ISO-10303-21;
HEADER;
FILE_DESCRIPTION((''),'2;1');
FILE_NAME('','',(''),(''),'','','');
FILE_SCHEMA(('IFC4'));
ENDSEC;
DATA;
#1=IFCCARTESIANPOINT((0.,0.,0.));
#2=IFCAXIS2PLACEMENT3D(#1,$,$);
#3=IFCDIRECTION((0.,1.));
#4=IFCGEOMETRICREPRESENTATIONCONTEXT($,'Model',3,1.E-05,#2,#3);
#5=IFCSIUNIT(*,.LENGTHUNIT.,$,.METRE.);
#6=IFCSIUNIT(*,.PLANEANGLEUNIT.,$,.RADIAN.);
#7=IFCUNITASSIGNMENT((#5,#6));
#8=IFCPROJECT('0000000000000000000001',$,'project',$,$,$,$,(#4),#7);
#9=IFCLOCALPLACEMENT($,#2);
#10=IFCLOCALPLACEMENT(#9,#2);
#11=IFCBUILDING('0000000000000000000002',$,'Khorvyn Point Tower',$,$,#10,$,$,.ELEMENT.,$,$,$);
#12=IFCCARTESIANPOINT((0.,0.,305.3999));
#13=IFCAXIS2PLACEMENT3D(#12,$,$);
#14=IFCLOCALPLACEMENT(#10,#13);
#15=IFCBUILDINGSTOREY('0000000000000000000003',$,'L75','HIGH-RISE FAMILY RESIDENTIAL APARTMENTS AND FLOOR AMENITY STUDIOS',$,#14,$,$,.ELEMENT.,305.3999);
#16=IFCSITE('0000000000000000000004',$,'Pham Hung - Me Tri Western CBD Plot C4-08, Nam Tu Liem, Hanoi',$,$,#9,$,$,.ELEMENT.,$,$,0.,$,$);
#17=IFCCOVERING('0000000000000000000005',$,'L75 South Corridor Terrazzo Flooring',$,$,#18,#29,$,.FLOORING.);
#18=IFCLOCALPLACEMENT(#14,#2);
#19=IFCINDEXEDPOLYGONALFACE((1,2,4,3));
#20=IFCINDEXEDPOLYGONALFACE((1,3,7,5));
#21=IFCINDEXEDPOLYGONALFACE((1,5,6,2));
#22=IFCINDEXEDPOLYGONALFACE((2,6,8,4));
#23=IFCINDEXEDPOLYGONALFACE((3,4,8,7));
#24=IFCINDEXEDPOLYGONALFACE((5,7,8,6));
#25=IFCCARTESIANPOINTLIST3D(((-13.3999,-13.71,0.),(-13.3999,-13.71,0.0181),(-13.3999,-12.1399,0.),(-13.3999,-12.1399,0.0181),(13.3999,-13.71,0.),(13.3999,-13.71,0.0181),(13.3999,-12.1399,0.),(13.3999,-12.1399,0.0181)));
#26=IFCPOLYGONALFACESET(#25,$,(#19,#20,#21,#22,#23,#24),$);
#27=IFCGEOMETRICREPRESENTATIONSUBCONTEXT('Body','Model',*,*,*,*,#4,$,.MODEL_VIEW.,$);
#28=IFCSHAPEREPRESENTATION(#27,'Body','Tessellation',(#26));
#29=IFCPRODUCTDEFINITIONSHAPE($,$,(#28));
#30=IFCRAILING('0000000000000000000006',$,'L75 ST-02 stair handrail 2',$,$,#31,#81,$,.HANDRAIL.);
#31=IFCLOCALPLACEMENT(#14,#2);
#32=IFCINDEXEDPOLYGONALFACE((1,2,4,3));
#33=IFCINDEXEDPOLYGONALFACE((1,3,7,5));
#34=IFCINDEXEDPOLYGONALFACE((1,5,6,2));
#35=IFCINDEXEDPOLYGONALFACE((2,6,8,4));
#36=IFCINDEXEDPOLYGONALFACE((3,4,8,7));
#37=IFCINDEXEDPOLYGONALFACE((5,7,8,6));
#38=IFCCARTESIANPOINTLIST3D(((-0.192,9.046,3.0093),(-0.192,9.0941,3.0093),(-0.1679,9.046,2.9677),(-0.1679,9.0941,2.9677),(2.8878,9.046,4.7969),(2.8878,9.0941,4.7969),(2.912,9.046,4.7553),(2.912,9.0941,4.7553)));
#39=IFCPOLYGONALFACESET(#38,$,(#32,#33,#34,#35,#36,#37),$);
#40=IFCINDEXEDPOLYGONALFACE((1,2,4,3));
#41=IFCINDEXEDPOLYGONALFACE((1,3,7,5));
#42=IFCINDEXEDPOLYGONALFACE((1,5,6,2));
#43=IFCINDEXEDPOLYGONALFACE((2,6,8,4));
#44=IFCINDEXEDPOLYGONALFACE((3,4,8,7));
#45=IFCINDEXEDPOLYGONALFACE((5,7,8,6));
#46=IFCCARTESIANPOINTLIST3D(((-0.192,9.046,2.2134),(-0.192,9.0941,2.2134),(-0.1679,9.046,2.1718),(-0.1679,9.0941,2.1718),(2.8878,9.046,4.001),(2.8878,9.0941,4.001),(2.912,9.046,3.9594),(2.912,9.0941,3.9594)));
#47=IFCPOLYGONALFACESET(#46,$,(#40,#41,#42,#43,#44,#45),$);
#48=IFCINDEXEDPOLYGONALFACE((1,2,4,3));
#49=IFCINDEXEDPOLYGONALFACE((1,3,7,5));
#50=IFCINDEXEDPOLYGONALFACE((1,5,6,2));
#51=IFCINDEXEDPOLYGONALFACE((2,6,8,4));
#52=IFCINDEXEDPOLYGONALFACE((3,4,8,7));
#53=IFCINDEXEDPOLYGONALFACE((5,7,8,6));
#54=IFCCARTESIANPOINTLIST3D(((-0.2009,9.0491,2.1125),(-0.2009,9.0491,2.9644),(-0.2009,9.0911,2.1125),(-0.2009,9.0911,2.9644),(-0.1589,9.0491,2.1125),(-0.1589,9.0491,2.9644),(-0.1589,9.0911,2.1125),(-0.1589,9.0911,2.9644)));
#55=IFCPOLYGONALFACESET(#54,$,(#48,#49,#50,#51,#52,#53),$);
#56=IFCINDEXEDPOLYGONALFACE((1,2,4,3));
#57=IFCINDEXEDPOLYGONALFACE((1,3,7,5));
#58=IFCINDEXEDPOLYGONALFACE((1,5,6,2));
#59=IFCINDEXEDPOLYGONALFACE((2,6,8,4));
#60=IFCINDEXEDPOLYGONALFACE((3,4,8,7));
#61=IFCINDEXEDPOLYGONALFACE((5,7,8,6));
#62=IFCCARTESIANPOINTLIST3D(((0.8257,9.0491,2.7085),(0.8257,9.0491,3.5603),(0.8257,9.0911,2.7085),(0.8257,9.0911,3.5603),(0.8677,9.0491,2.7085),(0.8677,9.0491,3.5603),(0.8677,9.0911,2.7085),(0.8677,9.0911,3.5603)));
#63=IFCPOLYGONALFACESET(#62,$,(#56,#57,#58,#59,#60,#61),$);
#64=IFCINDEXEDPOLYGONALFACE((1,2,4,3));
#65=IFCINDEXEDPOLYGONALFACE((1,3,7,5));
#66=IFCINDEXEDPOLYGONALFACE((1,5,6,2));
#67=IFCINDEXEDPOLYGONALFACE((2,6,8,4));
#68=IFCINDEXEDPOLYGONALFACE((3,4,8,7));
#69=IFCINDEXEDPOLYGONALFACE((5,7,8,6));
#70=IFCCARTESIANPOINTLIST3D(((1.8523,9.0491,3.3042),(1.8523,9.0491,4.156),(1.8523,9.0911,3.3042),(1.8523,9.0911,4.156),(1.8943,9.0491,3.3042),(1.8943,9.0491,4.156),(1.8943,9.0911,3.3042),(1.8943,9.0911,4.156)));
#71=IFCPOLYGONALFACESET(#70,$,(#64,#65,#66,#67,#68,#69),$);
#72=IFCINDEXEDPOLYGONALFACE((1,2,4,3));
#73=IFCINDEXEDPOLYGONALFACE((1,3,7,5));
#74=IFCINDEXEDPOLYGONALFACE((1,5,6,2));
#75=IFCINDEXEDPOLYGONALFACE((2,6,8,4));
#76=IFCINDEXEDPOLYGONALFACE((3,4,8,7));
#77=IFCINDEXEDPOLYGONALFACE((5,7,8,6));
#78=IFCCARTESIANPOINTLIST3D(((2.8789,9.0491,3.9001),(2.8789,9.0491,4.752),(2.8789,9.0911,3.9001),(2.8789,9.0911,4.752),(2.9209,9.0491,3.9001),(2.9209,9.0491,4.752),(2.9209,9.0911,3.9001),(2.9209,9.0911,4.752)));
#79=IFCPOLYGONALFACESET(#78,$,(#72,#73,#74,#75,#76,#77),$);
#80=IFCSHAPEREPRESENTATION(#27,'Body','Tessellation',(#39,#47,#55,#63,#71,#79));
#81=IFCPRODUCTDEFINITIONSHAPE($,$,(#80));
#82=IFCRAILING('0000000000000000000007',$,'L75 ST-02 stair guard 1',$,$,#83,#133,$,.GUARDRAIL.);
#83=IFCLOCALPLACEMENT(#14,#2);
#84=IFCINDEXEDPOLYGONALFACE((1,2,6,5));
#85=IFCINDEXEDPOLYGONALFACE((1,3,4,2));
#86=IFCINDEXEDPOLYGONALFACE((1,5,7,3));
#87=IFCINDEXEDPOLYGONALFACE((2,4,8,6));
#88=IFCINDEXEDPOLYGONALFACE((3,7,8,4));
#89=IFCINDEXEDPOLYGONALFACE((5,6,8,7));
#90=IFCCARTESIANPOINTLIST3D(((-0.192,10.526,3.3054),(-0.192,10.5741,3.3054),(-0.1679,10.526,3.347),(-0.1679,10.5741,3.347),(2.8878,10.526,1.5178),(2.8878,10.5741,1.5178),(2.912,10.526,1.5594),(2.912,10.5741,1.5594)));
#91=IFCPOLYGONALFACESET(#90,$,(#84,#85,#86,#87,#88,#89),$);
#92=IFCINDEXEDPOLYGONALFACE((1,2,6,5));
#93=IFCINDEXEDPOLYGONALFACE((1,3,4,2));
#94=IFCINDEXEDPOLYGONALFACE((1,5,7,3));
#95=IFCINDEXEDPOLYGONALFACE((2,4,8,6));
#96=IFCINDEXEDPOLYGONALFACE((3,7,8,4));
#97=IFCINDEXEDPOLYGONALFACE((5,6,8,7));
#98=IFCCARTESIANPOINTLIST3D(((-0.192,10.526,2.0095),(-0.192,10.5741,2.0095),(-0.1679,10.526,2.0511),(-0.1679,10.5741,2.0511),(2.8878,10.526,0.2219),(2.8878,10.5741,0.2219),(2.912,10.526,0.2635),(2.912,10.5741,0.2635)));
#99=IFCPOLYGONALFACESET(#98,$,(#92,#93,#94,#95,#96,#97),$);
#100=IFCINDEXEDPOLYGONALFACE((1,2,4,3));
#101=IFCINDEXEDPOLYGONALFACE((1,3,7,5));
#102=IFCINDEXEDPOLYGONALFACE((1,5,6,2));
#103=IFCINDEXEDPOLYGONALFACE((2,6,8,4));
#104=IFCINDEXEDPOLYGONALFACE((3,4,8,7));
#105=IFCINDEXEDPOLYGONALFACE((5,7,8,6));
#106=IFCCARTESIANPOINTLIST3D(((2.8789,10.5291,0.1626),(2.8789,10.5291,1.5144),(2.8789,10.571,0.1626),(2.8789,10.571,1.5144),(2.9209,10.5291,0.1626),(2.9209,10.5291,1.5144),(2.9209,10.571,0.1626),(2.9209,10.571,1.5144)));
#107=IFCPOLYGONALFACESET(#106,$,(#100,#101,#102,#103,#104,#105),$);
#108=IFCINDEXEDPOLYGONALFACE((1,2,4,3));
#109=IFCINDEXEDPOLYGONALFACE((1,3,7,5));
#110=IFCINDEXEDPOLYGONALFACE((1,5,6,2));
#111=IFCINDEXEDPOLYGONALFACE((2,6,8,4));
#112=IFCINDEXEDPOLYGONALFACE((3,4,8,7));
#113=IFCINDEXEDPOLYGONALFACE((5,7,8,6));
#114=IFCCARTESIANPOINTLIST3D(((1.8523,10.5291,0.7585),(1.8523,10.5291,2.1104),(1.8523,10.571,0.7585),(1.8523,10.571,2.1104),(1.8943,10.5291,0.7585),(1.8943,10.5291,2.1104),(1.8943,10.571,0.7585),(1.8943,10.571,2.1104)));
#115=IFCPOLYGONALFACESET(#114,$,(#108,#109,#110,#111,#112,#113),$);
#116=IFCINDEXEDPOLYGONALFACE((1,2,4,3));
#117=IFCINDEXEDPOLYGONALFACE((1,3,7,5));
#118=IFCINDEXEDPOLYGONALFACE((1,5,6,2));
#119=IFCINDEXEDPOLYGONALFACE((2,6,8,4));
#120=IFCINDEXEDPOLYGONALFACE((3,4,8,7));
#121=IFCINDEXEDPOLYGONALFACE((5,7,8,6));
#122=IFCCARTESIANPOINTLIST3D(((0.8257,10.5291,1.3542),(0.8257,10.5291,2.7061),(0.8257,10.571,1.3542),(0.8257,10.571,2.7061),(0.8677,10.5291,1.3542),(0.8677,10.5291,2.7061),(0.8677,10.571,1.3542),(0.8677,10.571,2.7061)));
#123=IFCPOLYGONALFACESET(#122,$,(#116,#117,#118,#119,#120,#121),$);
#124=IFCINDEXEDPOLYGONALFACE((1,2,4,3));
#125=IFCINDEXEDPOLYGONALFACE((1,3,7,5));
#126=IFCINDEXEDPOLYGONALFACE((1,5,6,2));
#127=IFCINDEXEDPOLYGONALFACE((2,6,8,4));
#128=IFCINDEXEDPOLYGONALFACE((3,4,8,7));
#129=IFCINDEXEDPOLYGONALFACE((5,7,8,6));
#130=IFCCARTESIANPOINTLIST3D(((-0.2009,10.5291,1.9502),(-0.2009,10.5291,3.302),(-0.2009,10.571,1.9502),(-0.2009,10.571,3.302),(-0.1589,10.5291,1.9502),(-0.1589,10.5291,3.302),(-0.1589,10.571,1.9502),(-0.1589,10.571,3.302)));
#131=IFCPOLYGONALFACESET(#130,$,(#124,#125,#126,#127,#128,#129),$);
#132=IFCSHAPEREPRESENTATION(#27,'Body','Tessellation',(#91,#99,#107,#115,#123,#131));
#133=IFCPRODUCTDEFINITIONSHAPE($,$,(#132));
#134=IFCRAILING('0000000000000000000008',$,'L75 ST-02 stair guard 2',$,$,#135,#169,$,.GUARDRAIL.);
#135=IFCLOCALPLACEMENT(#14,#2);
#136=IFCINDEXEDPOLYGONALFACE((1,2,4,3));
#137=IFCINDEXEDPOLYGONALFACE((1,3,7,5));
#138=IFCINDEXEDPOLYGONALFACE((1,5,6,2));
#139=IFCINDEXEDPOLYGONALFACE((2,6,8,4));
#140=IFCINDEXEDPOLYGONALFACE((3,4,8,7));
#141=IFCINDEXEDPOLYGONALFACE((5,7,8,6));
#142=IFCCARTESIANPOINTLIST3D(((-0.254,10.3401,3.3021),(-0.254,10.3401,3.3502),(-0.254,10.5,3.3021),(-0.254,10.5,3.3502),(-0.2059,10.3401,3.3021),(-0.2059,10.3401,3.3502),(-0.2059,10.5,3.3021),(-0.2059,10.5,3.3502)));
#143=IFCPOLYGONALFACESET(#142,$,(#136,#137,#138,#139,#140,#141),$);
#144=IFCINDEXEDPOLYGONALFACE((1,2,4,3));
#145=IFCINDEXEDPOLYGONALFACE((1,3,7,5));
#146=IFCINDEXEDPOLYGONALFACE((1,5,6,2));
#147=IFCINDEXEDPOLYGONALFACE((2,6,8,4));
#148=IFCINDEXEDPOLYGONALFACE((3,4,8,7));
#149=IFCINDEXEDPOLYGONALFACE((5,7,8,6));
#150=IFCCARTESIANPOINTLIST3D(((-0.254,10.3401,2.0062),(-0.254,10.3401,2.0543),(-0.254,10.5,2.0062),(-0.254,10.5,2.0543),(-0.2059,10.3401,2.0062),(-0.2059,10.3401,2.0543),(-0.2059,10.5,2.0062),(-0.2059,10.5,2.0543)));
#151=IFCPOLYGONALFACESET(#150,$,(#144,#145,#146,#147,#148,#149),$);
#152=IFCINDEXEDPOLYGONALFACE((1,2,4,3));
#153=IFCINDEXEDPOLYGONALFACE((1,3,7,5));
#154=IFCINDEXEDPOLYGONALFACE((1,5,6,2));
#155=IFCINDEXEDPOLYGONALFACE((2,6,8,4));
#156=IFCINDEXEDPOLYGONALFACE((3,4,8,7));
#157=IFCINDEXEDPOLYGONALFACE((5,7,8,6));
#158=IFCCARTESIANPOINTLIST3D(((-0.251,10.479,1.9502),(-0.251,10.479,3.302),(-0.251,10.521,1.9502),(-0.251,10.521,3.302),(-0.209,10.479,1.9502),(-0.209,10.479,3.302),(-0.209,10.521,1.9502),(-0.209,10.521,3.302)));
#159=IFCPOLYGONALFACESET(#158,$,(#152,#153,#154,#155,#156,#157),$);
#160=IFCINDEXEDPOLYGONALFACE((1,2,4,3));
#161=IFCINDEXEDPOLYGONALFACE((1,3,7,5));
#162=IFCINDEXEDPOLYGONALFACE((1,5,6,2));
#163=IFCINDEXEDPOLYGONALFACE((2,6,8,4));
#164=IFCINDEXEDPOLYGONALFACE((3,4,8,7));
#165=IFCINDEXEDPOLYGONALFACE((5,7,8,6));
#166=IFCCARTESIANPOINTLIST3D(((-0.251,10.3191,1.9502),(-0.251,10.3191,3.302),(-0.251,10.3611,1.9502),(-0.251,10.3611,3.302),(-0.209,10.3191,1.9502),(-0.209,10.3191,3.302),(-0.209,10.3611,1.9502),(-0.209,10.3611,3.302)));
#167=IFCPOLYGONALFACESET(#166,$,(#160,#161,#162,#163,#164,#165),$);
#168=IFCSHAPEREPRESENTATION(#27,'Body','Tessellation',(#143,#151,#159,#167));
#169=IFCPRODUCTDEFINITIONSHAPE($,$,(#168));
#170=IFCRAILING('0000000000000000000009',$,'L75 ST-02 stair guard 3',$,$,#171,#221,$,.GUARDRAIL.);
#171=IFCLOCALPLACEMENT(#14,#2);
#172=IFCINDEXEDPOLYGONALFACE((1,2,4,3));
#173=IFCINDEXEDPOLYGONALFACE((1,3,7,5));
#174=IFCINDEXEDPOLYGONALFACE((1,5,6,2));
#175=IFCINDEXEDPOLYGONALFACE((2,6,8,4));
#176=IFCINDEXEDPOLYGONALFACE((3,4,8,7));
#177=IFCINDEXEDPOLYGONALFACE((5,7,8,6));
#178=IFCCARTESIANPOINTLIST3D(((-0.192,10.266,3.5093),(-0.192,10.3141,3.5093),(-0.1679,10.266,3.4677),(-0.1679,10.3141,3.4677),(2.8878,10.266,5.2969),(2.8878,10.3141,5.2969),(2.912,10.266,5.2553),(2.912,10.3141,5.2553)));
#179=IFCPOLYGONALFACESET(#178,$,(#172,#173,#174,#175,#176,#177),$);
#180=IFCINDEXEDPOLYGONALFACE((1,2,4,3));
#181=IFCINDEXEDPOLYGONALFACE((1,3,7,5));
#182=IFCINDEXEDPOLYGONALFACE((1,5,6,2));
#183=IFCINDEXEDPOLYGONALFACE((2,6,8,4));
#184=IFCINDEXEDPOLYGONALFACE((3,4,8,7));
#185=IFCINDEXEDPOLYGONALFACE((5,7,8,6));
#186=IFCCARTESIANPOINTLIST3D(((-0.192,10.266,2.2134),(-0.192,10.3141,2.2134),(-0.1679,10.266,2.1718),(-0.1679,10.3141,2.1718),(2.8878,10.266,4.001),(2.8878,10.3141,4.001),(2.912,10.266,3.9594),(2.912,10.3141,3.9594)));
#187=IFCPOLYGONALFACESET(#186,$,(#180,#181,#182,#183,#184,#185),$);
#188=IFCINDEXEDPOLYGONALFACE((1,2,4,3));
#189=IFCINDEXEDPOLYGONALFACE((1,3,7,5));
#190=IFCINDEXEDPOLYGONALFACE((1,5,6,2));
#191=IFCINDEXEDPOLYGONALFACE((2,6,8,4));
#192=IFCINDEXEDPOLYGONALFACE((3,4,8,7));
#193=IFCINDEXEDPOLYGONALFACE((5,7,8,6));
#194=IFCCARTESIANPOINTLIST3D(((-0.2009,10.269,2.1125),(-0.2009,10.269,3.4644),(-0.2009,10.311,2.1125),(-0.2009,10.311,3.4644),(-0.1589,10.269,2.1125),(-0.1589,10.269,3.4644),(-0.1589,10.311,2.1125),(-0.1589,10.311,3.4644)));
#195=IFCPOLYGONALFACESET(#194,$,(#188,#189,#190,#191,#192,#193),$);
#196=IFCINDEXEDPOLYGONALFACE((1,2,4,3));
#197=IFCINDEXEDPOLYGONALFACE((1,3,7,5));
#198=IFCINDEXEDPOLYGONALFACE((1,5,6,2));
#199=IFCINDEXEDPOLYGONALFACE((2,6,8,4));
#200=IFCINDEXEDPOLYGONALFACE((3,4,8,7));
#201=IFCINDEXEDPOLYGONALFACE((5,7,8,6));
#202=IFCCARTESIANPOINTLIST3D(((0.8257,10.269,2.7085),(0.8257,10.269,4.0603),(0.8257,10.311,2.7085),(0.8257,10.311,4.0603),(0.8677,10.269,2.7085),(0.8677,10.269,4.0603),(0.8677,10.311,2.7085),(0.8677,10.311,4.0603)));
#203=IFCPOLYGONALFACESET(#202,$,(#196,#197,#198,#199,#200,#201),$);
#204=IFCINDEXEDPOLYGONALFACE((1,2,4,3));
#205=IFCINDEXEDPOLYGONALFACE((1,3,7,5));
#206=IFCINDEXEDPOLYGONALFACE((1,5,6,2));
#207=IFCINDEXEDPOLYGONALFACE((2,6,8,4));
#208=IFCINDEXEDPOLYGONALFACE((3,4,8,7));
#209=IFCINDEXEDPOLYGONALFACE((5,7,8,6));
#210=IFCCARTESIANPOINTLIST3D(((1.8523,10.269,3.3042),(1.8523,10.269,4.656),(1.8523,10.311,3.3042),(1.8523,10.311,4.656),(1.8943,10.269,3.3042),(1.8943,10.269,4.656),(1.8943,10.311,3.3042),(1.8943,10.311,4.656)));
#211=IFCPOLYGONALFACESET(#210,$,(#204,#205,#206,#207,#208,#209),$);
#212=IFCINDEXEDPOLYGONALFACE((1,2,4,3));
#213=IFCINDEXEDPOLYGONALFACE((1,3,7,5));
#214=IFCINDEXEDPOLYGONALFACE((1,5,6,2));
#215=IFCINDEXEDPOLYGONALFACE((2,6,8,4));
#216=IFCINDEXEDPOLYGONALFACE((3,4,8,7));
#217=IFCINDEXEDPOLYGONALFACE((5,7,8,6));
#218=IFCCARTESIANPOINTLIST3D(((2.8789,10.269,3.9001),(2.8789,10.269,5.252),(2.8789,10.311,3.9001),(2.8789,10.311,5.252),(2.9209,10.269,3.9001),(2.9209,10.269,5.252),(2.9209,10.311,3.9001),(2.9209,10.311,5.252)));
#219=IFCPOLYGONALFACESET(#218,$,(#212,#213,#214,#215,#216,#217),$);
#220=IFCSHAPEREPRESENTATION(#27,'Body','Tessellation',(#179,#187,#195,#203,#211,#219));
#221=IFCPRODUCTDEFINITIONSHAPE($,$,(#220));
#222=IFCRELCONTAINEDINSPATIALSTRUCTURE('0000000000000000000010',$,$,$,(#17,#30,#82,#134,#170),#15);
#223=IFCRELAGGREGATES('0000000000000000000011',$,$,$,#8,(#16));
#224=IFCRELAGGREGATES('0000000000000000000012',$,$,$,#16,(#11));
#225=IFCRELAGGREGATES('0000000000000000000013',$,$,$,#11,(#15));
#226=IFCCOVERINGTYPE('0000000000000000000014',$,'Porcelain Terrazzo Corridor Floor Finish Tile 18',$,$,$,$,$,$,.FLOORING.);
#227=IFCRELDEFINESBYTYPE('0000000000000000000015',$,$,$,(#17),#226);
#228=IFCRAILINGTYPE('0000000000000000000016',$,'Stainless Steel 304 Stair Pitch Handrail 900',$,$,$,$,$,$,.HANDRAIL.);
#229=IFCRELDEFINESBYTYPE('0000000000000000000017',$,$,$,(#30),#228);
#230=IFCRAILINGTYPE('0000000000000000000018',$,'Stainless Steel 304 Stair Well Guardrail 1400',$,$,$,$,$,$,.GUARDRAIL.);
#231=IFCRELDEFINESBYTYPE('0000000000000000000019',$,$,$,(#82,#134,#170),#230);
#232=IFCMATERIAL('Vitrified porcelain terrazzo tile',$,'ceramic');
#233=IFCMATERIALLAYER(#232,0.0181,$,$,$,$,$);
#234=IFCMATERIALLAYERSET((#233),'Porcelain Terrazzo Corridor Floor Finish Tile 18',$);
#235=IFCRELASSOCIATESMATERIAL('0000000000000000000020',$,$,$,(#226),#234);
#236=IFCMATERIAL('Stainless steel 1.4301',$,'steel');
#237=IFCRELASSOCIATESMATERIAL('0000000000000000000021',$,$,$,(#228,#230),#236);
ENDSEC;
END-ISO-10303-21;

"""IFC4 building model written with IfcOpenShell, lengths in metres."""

from ifc_helpers import new_model, si_unit, direction, frame, origin, origin_2d, place, context, subcontext, project, spatial, polyline, rectangle, outline, extrude, material, layer, layer_set, type_object, element, save


model = new_model("IFC4")

# Units and contexts
model_context = context("Model", 3, precision=1e-05, world=origin(), true_north=direction((0.0, 1.0)))
body_context = subcontext(model_context, "Body", "Model", "MODEL_VIEW")
ifc_project = project(units=[si_unit("LENGTHUNIT", "METRE"), si_unit("PLANEANGLEUNIT", "RADIAN")], contexts=[model_context])

# Site, building, storey
site_placement = place(None, origin())
site = spatial("IfcSite", under=ifc_project, at=site_placement, Name="Pham Hung - Me Tri Western CBD Plot C4-08, Nam Tu Liem, Hanoi", CompositionType="ELEMENT", RefElevation=0.0)
building_placement = place(site_placement, origin())
building = spatial("IfcBuilding", under=site, at=building_placement, Name="Khorvyn Point Tower", CompositionType="ELEMENT")
storey_placement = place(building_placement, frame((0.0, 0.0, 305.3999)))
storey = spatial("IfcBuildingStorey", under=building, at=storey_placement, Name="L75", Description="HIGH-RISE FAMILY RESIDENTIAL APARTMENTS AND FLOOR AMENITY STUDIOS", CompositionType="ELEMENT", Elevation=305.3999)

# Shared definitions
ifc_material_1 = material(Name="Stainless steel 1.4301", Category="steel")

# Covering
ifc_material_2 = material(Name="Vitrified porcelain terrazzo tile", Category="ceramic")
ifc_layer_1 = layer(ifc_material_2, 0.0181)
ifc_layer_set_1 = layer_set([ifc_layer_1], Name="Porcelain Terrazzo Corridor Floor Finish Tile 18")
covering_type_1 = type_object("IfcCoveringType", Name="Porcelain Terrazzo Corridor Floor Finish Tile 18", PredefinedType="FLOORING", material=ifc_layer_set_1)
covering_1_placement = place(storey_placement, origin())
element("IfcCovering", 1, at=covering_1_placement, inside=storey, type_object=covering_type_1, Name="L75 South Corridor Terrazzo Flooring", PredefinedType="FLOORING", context=body_context, shape_type="SweptSolid", body=[
    extrude(outline(polyline([(-13.3999, -13.71), (13.3999, -13.71), (13.3999, -12.1399), (-13.3999, -12.1399), (-13.3999, -13.71)])), origin(), (0.0, 0.0, 1.0), 0.0181),
])

# Railings
railing_type_1 = type_object("IfcRailingType", Name="Stainless Steel 304 Stair Pitch Handrail 900", PredefinedType="HANDRAIL", material=ifc_material_1)
railing_1_placement = place(storey_placement, frame((-0.1799, 9.0701, 2.1125)))
element("IfcRailing", 2, at=railing_1_placement, inside=storey, type_object=railing_type_1, Name="L75 ST-02 stair handrail 2", PredefinedType="HANDRAIL", context=body_context, shape_type="SweptSolid", body=[
    extrude(rectangle(XDim=0.0481, YDim=0.0481, at=origin_2d()), frame((0.0, 0.0, 0.876), z_axis=(0.864873, 0.0, 0.50199), x_axis=(0.0, 1.0, 0.0)), (0.0, 0.0, 1.0), 3.561),
    extrude(rectangle(XDim=0.0481, YDim=0.0481, at=origin_2d()), frame((0.0, 0.0, 0.0801), z_axis=(0.864873, 0.0, 0.50199), x_axis=(0.0, 1.0, 0.0)), (0.0, 0.0, 1.0), 3.561),
    extrude(rectangle(XDim=0.042, YDim=0.042, at=origin_2d()), origin(), (0.0, 0.0, 1.0), 0.8518),
    extrude(rectangle(XDim=0.042, YDim=0.042, at=origin_2d()), frame((1.0266, 0.0, 0.5959)), (0.0, 0.0, 1.0), 0.8518),
    extrude(rectangle(XDim=0.042, YDim=0.042, at=origin_2d()), frame((2.0532, 0.0, 1.1917)), (0.0, 0.0, 1.0), 0.8518),
    extrude(rectangle(XDim=0.042, YDim=0.042, at=origin_2d()), frame((3.0798, 0.0, 1.7876)), (0.0, 0.0, 1.0), 0.8518),
])
railing_type_2 = type_object("IfcRailingType", Name="Stainless Steel 304 Stair Well Guardrail 1400", PredefinedType="GUARDRAIL", material=ifc_material_1)
railing_2_placement = place(storey_placement, frame((2.8999, 10.55, 0.1626)))
element("IfcRailing", 3, at=railing_2_placement, inside=storey, type_object=railing_type_2, Name="L75 ST-02 stair guard 1", PredefinedType="GUARDRAIL", context=body_context, shape_type="SweptSolid", body=[
    extrude(rectangle(XDim=0.0481, YDim=0.0481, at=origin_2d()), frame((0.0, 0.0, 1.376), z_axis=(-0.864873, 0.0, 0.50199), x_axis=(0.0, -1.0, 0.0)), (0.0, 0.0, 1.0), 3.561),
    extrude(rectangle(XDim=0.0481, YDim=0.0481, at=origin_2d()), frame((0.0, 0.0, 0.0801), z_axis=(-0.864873, 0.0, 0.50199), x_axis=(0.0, -1.0, 0.0)), (0.0, 0.0, 1.0), 3.561),
    extrude(rectangle(XDim=0.042, YDim=0.042, at=origin_2d()), origin(), (0.0, 0.0, 1.0), 1.3518),
    extrude(rectangle(XDim=0.042, YDim=0.042, at=origin_2d()), frame((-1.0266, 0.0, 0.5959)), (0.0, 0.0, 1.0), 1.3518),
    extrude(rectangle(XDim=0.042, YDim=0.042, at=origin_2d()), frame((-2.0532, 0.0, 1.1917)), (0.0, 0.0, 1.0), 1.3518),
    extrude(rectangle(XDim=0.042, YDim=0.042, at=origin_2d()), frame((-3.0798, 0.0, 1.7876)), (0.0, 0.0, 1.0), 1.3518),
])
railing_3_placement = place(storey_placement, frame((-0.23, 10.5, 1.9502)))
element("IfcRailing", 4, at=railing_3_placement, inside=storey, type_object=railing_type_2, Name="L75 ST-02 stair guard 2", PredefinedType="GUARDRAIL", context=body_context, shape_type="SweptSolid", body=[
    extrude(rectangle(XDim=0.0481, YDim=0.0481, at=origin_2d()), frame((0.0, 0.0, 1.376), z_axis=(0.0, -1.0, 0.0), x_axis=(1.0, 0.0, 0.0)), (0.0, 0.0, 1.0), 0.1599),
    extrude(rectangle(XDim=0.0481, YDim=0.0481, at=origin_2d()), frame((0.0, 0.0, 0.0801), z_axis=(0.0, -1.0, 0.0), x_axis=(1.0, 0.0, 0.0)), (0.0, 0.0, 1.0), 0.1599),
    extrude(rectangle(XDim=0.042, YDim=0.042, at=origin_2d()), origin(), (0.0, 0.0, 1.0), 1.3518),
    extrude(rectangle(XDim=0.042, YDim=0.042, at=origin_2d()), frame((0.0, -0.1599, 0.0)), (0.0, 0.0, 1.0), 1.3518),
])
railing_4_placement = place(storey_placement, frame((-0.1799, 10.29, 2.1125)))
element("IfcRailing", 5, at=railing_4_placement, inside=storey, type_object=railing_type_2, Name="L75 ST-02 stair guard 3", PredefinedType="GUARDRAIL", context=body_context, shape_type="SweptSolid", body=[
    extrude(rectangle(XDim=0.0481, YDim=0.0481, at=origin_2d()), frame((0.0, 0.0, 1.376), z_axis=(0.864873, 0.0, 0.50199), x_axis=(0.0, 1.0, 0.0)), (0.0, 0.0, 1.0), 3.561),
    extrude(rectangle(XDim=0.0481, YDim=0.0481, at=origin_2d()), frame((0.0, 0.0, 0.0801), z_axis=(0.864873, 0.0, 0.50199), x_axis=(0.0, 1.0, 0.0)), (0.0, 0.0, 1.0), 3.561),
    extrude(rectangle(XDim=0.042, YDim=0.042, at=origin_2d()), origin(), (0.0, 0.0, 1.0), 1.3518),
    extrude(rectangle(XDim=0.042, YDim=0.042, at=origin_2d()), frame((1.0266, 0.0, 0.5959)), (0.0, 0.0, 1.0), 1.3518),
    extrude(rectangle(XDim=0.042, YDim=0.042, at=origin_2d()), frame((2.0532, 0.0, 1.1917)), (0.0, 0.0, 1.0), 1.3518),
    extrude(rectangle(XDim=0.042, YDim=0.042, at=origin_2d()), frame((3.0798, 0.0, 1.7876)), (0.0, 0.0, 1.0), 1.3518),
])

save(model, "model.ifc")
